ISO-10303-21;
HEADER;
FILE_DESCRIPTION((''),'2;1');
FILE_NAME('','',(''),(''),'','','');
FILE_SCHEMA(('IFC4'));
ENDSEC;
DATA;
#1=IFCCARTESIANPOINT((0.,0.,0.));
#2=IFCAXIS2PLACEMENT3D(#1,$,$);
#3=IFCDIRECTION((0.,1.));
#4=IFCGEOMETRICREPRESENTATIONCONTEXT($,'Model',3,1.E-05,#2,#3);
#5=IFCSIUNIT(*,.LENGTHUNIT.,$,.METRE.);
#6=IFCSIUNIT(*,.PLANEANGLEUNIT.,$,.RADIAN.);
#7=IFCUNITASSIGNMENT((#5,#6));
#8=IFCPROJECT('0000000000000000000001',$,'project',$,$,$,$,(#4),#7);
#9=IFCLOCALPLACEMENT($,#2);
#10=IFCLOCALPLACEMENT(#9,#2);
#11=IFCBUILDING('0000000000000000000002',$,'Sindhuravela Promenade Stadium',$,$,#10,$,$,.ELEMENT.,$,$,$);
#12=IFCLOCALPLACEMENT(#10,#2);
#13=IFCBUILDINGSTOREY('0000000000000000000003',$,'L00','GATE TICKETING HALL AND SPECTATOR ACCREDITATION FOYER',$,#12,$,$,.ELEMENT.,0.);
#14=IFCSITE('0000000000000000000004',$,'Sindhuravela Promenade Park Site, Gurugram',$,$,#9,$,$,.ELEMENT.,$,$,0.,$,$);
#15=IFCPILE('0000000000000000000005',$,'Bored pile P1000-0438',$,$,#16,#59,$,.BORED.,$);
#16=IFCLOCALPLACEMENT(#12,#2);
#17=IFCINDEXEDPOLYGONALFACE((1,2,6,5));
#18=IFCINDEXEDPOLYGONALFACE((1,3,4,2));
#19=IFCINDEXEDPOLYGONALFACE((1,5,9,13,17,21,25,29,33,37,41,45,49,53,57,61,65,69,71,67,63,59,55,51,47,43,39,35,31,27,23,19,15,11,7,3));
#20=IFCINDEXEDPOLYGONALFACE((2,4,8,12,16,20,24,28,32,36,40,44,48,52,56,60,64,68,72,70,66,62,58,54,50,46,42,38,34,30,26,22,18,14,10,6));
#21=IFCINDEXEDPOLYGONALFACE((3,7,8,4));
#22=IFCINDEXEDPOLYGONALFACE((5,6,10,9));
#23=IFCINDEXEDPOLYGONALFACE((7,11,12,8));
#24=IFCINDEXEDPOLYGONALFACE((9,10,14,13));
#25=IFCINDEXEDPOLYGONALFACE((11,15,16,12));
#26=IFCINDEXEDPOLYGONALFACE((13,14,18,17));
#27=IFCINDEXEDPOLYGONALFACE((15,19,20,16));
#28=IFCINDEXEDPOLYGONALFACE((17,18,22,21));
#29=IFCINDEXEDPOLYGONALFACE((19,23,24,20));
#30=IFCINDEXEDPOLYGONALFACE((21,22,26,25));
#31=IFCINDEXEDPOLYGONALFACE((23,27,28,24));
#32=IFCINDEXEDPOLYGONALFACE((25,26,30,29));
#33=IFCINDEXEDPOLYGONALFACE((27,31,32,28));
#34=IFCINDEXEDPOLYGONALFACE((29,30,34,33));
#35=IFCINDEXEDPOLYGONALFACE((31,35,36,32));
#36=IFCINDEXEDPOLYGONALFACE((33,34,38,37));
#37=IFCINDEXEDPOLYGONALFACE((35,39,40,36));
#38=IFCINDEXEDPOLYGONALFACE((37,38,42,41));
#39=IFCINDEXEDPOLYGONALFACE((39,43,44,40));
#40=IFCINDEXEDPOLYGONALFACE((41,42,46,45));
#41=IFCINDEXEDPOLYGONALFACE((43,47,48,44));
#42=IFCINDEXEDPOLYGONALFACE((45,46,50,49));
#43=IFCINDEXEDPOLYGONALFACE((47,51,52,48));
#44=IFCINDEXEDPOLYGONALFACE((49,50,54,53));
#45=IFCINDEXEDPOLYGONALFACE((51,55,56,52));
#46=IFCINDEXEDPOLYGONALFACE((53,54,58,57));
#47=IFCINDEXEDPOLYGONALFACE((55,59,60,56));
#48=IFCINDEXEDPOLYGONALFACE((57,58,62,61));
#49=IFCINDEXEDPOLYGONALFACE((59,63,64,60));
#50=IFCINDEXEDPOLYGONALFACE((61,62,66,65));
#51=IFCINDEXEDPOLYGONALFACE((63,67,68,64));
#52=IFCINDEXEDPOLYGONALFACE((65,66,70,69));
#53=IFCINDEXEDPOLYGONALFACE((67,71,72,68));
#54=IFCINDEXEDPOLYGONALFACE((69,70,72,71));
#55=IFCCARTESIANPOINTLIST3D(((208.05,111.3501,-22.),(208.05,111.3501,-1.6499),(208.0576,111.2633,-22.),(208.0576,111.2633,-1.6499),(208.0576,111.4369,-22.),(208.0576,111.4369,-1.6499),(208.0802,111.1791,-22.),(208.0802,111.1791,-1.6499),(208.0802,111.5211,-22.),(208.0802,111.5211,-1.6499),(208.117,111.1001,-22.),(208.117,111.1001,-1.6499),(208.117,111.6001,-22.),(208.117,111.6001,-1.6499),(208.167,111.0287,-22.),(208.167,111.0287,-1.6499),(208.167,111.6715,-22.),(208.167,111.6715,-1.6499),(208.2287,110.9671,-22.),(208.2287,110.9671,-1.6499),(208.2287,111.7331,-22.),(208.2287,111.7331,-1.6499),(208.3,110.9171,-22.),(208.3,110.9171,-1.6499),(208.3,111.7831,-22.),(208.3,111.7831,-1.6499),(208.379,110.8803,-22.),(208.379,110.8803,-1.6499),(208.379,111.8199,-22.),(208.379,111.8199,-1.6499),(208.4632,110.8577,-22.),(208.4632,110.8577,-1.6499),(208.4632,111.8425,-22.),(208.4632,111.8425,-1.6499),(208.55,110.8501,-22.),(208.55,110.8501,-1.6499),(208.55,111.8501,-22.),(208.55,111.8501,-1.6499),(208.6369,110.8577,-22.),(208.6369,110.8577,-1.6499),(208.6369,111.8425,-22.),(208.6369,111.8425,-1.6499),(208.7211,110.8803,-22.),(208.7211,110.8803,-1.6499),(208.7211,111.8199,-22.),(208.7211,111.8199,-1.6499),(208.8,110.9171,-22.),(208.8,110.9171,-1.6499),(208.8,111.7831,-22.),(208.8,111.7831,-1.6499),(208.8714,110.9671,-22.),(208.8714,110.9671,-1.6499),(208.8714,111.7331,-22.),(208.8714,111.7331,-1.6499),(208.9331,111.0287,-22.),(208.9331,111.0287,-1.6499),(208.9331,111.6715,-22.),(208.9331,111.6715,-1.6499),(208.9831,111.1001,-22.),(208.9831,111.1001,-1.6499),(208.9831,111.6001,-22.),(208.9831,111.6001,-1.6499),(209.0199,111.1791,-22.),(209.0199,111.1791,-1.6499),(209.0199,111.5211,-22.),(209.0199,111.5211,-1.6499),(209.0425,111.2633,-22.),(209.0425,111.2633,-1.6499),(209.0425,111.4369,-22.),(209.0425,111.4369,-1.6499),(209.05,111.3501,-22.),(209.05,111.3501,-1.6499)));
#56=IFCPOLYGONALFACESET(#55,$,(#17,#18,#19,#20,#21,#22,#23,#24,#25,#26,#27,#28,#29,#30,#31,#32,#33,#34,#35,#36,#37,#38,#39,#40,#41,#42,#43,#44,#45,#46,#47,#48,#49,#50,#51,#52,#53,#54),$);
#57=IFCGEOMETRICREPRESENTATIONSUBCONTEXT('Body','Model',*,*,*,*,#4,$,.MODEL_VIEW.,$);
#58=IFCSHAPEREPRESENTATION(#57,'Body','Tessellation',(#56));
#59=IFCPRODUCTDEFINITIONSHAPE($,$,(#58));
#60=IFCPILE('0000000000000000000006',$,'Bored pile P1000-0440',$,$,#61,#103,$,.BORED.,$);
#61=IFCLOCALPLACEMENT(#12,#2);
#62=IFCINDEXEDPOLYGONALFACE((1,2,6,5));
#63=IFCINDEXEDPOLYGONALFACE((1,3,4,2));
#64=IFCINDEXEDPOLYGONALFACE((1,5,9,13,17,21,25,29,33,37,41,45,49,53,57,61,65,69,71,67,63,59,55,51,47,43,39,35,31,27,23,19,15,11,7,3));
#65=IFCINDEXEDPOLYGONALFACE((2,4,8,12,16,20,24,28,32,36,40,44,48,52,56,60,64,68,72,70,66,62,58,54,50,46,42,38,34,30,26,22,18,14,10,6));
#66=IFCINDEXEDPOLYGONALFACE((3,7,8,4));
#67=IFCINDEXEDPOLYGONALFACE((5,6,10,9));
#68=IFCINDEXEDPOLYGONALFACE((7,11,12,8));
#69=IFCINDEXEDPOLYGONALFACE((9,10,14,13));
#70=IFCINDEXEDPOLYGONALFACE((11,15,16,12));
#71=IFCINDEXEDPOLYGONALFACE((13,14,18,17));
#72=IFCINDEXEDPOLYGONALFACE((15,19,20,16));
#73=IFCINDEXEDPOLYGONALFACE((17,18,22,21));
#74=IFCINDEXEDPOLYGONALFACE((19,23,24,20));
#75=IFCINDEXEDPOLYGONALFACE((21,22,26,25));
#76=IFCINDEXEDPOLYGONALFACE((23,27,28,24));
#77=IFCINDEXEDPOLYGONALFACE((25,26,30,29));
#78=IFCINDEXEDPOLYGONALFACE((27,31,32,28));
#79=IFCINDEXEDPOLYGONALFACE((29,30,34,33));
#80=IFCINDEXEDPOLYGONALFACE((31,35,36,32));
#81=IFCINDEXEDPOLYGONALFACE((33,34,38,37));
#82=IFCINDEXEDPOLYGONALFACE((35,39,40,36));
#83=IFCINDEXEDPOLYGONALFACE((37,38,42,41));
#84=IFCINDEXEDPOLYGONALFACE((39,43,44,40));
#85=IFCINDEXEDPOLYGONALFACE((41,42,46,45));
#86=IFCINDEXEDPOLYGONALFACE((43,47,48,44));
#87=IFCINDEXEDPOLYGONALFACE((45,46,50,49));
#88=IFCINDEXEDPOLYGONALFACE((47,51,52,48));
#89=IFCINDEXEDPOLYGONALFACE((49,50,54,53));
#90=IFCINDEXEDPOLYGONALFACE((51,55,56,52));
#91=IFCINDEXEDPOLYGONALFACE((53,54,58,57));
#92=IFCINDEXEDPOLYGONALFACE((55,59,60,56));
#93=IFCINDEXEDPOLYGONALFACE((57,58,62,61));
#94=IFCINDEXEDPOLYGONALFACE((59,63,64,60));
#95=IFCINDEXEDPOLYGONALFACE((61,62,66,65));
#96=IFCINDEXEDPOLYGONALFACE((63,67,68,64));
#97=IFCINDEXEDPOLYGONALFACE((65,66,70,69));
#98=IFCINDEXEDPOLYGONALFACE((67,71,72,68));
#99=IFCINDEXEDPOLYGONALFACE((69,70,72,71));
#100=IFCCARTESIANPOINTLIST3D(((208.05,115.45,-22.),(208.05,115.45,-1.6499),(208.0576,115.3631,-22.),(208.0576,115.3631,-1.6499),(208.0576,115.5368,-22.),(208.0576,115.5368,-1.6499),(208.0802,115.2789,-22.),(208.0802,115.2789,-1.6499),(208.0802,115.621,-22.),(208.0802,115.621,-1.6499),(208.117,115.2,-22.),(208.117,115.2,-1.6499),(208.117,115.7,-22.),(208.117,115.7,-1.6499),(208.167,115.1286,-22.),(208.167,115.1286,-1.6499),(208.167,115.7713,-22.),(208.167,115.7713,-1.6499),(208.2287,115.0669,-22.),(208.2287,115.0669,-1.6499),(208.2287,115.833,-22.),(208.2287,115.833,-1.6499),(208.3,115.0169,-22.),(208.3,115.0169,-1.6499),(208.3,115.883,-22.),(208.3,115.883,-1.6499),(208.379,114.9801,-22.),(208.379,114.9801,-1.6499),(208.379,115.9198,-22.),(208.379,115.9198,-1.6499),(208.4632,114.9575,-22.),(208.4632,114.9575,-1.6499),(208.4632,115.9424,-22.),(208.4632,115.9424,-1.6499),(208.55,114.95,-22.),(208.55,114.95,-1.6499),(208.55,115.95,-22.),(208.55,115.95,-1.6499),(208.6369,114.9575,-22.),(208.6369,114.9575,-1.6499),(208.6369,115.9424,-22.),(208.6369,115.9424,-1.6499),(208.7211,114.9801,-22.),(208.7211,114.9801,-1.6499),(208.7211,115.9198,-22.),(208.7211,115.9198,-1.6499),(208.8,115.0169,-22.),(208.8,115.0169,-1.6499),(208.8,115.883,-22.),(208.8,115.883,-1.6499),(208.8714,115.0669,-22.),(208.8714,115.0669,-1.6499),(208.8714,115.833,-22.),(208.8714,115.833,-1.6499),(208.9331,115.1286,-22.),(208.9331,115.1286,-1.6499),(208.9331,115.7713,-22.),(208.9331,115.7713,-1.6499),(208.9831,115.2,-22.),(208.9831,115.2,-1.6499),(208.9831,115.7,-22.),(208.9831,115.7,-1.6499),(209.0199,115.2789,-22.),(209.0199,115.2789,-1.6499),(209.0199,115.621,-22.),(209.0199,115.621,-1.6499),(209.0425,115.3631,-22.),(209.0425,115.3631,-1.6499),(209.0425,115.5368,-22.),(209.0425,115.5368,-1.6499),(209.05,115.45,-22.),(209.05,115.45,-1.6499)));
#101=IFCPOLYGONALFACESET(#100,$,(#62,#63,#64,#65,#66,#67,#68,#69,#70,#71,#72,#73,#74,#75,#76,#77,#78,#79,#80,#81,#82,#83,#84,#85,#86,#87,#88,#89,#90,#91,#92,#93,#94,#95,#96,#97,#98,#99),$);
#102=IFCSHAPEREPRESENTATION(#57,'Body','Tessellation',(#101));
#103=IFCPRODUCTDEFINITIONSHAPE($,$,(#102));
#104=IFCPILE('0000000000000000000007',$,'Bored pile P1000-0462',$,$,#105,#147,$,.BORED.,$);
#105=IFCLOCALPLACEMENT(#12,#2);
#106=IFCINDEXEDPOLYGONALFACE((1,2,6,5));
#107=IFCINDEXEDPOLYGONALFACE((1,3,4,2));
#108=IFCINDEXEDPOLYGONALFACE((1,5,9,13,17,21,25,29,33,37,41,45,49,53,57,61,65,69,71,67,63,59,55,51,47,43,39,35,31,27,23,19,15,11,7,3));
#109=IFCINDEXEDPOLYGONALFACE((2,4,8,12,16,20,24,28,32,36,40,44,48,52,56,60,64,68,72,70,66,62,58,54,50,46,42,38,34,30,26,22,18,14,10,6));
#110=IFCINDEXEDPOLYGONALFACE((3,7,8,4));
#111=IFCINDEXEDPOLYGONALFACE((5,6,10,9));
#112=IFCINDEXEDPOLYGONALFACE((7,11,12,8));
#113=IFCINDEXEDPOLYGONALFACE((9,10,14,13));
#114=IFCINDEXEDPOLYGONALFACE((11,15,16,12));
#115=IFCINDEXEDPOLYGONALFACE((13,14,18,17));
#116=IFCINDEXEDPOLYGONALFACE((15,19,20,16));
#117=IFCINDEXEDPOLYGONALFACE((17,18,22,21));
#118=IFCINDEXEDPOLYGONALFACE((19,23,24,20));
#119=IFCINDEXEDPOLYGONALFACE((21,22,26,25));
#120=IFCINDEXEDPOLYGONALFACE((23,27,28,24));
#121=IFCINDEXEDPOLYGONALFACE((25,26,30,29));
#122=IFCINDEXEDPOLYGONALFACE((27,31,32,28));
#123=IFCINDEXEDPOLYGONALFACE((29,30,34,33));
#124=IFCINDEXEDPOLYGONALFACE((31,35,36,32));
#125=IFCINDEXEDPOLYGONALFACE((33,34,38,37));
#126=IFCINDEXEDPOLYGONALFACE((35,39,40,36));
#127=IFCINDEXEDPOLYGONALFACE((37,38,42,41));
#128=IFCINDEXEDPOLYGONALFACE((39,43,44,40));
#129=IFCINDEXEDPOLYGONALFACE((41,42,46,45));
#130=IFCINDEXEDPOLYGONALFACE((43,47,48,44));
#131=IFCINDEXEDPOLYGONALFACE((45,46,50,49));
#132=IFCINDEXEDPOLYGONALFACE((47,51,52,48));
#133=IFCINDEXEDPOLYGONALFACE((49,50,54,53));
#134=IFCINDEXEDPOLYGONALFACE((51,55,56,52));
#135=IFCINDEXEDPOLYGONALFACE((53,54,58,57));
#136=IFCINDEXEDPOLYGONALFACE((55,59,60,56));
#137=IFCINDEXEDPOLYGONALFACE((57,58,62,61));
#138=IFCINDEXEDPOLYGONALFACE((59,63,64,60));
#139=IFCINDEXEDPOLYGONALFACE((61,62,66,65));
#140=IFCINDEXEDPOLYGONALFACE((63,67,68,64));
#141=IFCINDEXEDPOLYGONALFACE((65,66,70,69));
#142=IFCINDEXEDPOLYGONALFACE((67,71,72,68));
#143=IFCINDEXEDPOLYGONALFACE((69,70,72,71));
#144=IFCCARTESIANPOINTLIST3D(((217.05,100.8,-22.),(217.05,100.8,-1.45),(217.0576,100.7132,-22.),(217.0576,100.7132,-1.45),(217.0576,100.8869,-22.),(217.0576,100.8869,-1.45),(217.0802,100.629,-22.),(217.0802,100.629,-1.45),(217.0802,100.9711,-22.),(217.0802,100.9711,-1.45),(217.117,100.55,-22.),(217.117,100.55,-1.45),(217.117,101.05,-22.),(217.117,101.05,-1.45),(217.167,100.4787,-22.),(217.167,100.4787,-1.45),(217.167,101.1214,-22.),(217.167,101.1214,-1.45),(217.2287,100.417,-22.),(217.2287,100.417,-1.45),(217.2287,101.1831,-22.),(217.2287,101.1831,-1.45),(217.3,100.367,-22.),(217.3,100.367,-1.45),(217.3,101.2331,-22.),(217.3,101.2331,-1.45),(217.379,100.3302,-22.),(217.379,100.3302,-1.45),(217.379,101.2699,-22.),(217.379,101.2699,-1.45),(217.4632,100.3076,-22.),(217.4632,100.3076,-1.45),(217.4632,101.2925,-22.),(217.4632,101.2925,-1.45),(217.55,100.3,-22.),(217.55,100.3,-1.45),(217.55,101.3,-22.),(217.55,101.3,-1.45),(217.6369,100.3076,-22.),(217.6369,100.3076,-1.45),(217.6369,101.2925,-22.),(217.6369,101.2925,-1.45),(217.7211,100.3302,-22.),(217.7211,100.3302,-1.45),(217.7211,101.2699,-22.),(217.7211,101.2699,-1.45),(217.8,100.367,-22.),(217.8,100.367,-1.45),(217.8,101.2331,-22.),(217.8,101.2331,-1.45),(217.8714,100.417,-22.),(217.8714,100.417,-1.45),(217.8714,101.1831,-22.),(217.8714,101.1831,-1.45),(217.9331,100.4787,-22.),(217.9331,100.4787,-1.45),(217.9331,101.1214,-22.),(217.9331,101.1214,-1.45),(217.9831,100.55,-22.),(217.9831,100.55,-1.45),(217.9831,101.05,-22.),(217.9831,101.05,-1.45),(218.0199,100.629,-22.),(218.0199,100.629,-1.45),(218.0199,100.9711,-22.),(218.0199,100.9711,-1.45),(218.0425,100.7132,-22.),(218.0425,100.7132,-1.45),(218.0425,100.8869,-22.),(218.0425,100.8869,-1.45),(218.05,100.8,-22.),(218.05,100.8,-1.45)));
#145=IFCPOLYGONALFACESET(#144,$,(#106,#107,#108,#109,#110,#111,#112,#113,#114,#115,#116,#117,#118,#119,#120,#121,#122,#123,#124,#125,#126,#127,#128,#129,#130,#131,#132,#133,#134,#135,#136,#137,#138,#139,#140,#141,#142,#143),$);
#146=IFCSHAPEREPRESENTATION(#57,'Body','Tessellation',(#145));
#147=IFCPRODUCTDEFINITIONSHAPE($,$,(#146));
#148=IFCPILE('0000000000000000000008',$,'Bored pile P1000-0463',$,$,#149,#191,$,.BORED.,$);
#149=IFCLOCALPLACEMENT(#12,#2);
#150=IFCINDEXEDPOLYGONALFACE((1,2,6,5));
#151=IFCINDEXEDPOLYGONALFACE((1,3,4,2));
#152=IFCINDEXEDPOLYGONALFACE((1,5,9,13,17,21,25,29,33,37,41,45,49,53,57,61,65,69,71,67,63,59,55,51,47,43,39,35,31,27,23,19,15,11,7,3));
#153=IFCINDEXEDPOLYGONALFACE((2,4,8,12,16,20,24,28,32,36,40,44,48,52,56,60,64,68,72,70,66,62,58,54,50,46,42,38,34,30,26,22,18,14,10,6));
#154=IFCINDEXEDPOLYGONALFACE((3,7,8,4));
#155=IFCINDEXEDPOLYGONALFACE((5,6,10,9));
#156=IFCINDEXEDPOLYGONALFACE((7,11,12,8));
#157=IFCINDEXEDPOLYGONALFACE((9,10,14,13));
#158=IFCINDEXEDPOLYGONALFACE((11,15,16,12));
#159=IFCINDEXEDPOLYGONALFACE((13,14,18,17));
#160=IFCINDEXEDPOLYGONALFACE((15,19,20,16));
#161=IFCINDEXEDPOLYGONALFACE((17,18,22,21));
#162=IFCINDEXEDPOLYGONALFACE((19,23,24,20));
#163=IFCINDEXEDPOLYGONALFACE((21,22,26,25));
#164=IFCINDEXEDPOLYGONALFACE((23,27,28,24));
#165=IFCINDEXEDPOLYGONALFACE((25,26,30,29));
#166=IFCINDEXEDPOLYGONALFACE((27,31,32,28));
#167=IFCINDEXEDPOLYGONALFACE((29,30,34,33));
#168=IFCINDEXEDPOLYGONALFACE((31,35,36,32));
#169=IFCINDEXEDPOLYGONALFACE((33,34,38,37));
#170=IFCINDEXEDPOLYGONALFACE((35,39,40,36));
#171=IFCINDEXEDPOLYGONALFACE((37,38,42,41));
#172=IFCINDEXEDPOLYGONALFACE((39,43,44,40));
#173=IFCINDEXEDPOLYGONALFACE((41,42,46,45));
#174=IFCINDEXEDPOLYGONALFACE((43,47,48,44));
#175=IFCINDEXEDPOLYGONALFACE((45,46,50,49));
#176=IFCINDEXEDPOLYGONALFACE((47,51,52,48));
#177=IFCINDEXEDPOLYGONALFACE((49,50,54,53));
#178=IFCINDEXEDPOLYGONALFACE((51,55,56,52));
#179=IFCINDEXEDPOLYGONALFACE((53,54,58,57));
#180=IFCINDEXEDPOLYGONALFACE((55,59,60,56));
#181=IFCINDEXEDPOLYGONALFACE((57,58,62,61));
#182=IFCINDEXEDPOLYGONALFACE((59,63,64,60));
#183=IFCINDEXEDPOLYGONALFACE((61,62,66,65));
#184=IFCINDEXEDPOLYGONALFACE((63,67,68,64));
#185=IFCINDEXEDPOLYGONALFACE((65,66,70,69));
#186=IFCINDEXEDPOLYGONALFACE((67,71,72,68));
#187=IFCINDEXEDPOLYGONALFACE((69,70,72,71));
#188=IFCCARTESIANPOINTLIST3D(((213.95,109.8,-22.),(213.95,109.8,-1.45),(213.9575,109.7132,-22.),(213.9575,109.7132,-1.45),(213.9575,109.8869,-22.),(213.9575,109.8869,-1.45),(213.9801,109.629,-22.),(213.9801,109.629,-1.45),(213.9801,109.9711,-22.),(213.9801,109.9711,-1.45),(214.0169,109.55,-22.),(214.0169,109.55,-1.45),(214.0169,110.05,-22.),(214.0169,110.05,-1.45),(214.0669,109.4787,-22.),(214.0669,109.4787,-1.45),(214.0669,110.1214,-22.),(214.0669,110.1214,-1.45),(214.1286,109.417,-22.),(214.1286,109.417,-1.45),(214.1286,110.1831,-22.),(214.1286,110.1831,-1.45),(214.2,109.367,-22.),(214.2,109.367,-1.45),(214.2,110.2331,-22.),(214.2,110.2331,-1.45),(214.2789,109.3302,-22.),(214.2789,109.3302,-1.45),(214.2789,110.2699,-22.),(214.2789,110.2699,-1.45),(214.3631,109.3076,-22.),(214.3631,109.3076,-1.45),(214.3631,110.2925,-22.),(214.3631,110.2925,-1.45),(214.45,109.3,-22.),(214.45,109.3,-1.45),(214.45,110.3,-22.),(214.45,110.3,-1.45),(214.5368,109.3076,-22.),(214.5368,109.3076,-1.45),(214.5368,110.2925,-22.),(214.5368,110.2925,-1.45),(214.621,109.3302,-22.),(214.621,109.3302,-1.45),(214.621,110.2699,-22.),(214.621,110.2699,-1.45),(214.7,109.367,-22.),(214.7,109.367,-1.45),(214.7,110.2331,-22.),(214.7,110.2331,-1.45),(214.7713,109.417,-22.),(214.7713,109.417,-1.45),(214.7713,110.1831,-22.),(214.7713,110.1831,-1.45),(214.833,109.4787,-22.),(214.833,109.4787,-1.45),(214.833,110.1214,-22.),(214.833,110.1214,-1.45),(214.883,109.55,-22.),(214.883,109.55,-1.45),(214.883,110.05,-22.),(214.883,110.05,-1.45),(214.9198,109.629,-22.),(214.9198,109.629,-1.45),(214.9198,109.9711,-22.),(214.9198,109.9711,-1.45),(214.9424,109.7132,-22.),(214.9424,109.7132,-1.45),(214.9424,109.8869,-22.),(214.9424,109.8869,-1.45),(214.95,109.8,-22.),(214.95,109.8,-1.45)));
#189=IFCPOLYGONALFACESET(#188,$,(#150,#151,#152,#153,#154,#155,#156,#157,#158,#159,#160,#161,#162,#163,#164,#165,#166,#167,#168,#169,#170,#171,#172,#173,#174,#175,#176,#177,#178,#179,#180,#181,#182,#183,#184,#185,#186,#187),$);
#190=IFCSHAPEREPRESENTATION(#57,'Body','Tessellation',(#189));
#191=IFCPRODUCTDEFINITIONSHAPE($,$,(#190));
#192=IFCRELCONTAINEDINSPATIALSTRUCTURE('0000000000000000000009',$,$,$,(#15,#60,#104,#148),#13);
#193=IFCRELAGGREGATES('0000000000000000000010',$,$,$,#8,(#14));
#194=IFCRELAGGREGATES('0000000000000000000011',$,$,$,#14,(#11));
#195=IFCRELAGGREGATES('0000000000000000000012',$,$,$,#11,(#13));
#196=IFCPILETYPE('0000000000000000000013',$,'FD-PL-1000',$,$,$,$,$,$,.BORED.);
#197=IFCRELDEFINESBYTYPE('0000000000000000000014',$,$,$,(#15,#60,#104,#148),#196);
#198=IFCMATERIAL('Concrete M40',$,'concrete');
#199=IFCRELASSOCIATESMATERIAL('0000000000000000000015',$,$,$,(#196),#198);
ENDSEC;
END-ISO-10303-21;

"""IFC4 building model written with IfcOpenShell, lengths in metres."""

from ifc_helpers import new_model, si_unit, direction, frame, origin, origin_2d, place, context, subcontext, project, spatial, circle, extrude, material, material_profile, profile_set, type_object, element, save


model = new_model("IFC4")

# Units and contexts
model_context = context("Model", 3, precision=1e-05, world=origin(), true_north=direction((0.0, 1.0)))
body_context = subcontext(model_context, "Body", "Model", "MODEL_VIEW")
ifc_project = project(units=[si_unit("LENGTHUNIT", "METRE"), si_unit("PLANEANGLEUNIT", "RADIAN")], contexts=[model_context])

# Site, building, storey
site_placement = place(None, origin())
site = spatial("IfcSite", under=ifc_project, at=site_placement, Name="Sindhuravela Promenade Park Site, Gurugram", CompositionType="ELEMENT", RefElevation=0.0)
building_placement = place(site_placement, origin())
building = spatial("IfcBuilding", under=site, at=building_placement, Name="Sindhuravela Promenade Stadium", CompositionType="ELEMENT")
storey_placement = place(building_placement, origin())
storey = spatial("IfcBuildingStorey", under=building, at=storey_placement, Name="L00", Description="GATE TICKETING HALL AND SPECTATOR ACCREDITATION FOYER", CompositionType="ELEMENT", Elevation=0.0)

# Piles
ifc_material_1 = material(Name="Concrete M40", Category="concrete")
ifc_material_profile_1 = material_profile(ifc_material_1, circle(Radius=0.5, at=origin_2d()), Name="BORED PILE D1000")
ifc_profile_set_1 = profile_set([ifc_material_profile_1], Name="Concrete M40")
pile_type = type_object("IfcPileType", Name="FD-PL-1000", PredefinedType="BORED", material=ifc_profile_set_1)
for number, where, z_axis, x_axis, name in (
    (1, (208.55, 111.3501, -1.6499), (0.0, 0.0, -1.0), (1.0, 0.0, 0.0), "Bored pile P1000-0438"),
    (2, (208.55, 115.45, -1.6499), (0.0, 0.0, -1.0), (1.0, 0.0, 0.0), "Bored pile P1000-0440"),
):
    element("IfcPile", number, at=place(storey_placement, frame(where, z_axis=z_axis, x_axis=x_axis)), inside=storey, type_object=pile_type, Name=name, PredefinedType="BORED", context=body_context, shape_type="SweptSolid", body=[
        extrude(circle(Radius=0.5, at=origin_2d()), origin(), (0.0, 0.0, 1.0), 20.3501),
    ])
for number, where, z_axis, x_axis, name in (
    (3, (217.55, 100.8, -1.45), (0.0, 0.0, -1.0), (1.0, 0.0, 0.0), "Bored pile P1000-0462"),
    (4, (214.45, 109.8, -1.45), (0.0, 0.0, -1.0), (1.0, 0.0, 0.0), "Bored pile P1000-0463"),
):
    element("IfcPile", number, at=place(storey_placement, frame(where, z_axis=z_axis, x_axis=x_axis)), inside=storey, type_object=pile_type, Name=name, PredefinedType="BORED", context=body_context, shape_type="SweptSolid", body=[
        extrude(circle(Radius=0.5, at=origin_2d()), origin(), (0.0, 0.0, 1.0), 20.55),
    ])

save(model, "model.ifc")
